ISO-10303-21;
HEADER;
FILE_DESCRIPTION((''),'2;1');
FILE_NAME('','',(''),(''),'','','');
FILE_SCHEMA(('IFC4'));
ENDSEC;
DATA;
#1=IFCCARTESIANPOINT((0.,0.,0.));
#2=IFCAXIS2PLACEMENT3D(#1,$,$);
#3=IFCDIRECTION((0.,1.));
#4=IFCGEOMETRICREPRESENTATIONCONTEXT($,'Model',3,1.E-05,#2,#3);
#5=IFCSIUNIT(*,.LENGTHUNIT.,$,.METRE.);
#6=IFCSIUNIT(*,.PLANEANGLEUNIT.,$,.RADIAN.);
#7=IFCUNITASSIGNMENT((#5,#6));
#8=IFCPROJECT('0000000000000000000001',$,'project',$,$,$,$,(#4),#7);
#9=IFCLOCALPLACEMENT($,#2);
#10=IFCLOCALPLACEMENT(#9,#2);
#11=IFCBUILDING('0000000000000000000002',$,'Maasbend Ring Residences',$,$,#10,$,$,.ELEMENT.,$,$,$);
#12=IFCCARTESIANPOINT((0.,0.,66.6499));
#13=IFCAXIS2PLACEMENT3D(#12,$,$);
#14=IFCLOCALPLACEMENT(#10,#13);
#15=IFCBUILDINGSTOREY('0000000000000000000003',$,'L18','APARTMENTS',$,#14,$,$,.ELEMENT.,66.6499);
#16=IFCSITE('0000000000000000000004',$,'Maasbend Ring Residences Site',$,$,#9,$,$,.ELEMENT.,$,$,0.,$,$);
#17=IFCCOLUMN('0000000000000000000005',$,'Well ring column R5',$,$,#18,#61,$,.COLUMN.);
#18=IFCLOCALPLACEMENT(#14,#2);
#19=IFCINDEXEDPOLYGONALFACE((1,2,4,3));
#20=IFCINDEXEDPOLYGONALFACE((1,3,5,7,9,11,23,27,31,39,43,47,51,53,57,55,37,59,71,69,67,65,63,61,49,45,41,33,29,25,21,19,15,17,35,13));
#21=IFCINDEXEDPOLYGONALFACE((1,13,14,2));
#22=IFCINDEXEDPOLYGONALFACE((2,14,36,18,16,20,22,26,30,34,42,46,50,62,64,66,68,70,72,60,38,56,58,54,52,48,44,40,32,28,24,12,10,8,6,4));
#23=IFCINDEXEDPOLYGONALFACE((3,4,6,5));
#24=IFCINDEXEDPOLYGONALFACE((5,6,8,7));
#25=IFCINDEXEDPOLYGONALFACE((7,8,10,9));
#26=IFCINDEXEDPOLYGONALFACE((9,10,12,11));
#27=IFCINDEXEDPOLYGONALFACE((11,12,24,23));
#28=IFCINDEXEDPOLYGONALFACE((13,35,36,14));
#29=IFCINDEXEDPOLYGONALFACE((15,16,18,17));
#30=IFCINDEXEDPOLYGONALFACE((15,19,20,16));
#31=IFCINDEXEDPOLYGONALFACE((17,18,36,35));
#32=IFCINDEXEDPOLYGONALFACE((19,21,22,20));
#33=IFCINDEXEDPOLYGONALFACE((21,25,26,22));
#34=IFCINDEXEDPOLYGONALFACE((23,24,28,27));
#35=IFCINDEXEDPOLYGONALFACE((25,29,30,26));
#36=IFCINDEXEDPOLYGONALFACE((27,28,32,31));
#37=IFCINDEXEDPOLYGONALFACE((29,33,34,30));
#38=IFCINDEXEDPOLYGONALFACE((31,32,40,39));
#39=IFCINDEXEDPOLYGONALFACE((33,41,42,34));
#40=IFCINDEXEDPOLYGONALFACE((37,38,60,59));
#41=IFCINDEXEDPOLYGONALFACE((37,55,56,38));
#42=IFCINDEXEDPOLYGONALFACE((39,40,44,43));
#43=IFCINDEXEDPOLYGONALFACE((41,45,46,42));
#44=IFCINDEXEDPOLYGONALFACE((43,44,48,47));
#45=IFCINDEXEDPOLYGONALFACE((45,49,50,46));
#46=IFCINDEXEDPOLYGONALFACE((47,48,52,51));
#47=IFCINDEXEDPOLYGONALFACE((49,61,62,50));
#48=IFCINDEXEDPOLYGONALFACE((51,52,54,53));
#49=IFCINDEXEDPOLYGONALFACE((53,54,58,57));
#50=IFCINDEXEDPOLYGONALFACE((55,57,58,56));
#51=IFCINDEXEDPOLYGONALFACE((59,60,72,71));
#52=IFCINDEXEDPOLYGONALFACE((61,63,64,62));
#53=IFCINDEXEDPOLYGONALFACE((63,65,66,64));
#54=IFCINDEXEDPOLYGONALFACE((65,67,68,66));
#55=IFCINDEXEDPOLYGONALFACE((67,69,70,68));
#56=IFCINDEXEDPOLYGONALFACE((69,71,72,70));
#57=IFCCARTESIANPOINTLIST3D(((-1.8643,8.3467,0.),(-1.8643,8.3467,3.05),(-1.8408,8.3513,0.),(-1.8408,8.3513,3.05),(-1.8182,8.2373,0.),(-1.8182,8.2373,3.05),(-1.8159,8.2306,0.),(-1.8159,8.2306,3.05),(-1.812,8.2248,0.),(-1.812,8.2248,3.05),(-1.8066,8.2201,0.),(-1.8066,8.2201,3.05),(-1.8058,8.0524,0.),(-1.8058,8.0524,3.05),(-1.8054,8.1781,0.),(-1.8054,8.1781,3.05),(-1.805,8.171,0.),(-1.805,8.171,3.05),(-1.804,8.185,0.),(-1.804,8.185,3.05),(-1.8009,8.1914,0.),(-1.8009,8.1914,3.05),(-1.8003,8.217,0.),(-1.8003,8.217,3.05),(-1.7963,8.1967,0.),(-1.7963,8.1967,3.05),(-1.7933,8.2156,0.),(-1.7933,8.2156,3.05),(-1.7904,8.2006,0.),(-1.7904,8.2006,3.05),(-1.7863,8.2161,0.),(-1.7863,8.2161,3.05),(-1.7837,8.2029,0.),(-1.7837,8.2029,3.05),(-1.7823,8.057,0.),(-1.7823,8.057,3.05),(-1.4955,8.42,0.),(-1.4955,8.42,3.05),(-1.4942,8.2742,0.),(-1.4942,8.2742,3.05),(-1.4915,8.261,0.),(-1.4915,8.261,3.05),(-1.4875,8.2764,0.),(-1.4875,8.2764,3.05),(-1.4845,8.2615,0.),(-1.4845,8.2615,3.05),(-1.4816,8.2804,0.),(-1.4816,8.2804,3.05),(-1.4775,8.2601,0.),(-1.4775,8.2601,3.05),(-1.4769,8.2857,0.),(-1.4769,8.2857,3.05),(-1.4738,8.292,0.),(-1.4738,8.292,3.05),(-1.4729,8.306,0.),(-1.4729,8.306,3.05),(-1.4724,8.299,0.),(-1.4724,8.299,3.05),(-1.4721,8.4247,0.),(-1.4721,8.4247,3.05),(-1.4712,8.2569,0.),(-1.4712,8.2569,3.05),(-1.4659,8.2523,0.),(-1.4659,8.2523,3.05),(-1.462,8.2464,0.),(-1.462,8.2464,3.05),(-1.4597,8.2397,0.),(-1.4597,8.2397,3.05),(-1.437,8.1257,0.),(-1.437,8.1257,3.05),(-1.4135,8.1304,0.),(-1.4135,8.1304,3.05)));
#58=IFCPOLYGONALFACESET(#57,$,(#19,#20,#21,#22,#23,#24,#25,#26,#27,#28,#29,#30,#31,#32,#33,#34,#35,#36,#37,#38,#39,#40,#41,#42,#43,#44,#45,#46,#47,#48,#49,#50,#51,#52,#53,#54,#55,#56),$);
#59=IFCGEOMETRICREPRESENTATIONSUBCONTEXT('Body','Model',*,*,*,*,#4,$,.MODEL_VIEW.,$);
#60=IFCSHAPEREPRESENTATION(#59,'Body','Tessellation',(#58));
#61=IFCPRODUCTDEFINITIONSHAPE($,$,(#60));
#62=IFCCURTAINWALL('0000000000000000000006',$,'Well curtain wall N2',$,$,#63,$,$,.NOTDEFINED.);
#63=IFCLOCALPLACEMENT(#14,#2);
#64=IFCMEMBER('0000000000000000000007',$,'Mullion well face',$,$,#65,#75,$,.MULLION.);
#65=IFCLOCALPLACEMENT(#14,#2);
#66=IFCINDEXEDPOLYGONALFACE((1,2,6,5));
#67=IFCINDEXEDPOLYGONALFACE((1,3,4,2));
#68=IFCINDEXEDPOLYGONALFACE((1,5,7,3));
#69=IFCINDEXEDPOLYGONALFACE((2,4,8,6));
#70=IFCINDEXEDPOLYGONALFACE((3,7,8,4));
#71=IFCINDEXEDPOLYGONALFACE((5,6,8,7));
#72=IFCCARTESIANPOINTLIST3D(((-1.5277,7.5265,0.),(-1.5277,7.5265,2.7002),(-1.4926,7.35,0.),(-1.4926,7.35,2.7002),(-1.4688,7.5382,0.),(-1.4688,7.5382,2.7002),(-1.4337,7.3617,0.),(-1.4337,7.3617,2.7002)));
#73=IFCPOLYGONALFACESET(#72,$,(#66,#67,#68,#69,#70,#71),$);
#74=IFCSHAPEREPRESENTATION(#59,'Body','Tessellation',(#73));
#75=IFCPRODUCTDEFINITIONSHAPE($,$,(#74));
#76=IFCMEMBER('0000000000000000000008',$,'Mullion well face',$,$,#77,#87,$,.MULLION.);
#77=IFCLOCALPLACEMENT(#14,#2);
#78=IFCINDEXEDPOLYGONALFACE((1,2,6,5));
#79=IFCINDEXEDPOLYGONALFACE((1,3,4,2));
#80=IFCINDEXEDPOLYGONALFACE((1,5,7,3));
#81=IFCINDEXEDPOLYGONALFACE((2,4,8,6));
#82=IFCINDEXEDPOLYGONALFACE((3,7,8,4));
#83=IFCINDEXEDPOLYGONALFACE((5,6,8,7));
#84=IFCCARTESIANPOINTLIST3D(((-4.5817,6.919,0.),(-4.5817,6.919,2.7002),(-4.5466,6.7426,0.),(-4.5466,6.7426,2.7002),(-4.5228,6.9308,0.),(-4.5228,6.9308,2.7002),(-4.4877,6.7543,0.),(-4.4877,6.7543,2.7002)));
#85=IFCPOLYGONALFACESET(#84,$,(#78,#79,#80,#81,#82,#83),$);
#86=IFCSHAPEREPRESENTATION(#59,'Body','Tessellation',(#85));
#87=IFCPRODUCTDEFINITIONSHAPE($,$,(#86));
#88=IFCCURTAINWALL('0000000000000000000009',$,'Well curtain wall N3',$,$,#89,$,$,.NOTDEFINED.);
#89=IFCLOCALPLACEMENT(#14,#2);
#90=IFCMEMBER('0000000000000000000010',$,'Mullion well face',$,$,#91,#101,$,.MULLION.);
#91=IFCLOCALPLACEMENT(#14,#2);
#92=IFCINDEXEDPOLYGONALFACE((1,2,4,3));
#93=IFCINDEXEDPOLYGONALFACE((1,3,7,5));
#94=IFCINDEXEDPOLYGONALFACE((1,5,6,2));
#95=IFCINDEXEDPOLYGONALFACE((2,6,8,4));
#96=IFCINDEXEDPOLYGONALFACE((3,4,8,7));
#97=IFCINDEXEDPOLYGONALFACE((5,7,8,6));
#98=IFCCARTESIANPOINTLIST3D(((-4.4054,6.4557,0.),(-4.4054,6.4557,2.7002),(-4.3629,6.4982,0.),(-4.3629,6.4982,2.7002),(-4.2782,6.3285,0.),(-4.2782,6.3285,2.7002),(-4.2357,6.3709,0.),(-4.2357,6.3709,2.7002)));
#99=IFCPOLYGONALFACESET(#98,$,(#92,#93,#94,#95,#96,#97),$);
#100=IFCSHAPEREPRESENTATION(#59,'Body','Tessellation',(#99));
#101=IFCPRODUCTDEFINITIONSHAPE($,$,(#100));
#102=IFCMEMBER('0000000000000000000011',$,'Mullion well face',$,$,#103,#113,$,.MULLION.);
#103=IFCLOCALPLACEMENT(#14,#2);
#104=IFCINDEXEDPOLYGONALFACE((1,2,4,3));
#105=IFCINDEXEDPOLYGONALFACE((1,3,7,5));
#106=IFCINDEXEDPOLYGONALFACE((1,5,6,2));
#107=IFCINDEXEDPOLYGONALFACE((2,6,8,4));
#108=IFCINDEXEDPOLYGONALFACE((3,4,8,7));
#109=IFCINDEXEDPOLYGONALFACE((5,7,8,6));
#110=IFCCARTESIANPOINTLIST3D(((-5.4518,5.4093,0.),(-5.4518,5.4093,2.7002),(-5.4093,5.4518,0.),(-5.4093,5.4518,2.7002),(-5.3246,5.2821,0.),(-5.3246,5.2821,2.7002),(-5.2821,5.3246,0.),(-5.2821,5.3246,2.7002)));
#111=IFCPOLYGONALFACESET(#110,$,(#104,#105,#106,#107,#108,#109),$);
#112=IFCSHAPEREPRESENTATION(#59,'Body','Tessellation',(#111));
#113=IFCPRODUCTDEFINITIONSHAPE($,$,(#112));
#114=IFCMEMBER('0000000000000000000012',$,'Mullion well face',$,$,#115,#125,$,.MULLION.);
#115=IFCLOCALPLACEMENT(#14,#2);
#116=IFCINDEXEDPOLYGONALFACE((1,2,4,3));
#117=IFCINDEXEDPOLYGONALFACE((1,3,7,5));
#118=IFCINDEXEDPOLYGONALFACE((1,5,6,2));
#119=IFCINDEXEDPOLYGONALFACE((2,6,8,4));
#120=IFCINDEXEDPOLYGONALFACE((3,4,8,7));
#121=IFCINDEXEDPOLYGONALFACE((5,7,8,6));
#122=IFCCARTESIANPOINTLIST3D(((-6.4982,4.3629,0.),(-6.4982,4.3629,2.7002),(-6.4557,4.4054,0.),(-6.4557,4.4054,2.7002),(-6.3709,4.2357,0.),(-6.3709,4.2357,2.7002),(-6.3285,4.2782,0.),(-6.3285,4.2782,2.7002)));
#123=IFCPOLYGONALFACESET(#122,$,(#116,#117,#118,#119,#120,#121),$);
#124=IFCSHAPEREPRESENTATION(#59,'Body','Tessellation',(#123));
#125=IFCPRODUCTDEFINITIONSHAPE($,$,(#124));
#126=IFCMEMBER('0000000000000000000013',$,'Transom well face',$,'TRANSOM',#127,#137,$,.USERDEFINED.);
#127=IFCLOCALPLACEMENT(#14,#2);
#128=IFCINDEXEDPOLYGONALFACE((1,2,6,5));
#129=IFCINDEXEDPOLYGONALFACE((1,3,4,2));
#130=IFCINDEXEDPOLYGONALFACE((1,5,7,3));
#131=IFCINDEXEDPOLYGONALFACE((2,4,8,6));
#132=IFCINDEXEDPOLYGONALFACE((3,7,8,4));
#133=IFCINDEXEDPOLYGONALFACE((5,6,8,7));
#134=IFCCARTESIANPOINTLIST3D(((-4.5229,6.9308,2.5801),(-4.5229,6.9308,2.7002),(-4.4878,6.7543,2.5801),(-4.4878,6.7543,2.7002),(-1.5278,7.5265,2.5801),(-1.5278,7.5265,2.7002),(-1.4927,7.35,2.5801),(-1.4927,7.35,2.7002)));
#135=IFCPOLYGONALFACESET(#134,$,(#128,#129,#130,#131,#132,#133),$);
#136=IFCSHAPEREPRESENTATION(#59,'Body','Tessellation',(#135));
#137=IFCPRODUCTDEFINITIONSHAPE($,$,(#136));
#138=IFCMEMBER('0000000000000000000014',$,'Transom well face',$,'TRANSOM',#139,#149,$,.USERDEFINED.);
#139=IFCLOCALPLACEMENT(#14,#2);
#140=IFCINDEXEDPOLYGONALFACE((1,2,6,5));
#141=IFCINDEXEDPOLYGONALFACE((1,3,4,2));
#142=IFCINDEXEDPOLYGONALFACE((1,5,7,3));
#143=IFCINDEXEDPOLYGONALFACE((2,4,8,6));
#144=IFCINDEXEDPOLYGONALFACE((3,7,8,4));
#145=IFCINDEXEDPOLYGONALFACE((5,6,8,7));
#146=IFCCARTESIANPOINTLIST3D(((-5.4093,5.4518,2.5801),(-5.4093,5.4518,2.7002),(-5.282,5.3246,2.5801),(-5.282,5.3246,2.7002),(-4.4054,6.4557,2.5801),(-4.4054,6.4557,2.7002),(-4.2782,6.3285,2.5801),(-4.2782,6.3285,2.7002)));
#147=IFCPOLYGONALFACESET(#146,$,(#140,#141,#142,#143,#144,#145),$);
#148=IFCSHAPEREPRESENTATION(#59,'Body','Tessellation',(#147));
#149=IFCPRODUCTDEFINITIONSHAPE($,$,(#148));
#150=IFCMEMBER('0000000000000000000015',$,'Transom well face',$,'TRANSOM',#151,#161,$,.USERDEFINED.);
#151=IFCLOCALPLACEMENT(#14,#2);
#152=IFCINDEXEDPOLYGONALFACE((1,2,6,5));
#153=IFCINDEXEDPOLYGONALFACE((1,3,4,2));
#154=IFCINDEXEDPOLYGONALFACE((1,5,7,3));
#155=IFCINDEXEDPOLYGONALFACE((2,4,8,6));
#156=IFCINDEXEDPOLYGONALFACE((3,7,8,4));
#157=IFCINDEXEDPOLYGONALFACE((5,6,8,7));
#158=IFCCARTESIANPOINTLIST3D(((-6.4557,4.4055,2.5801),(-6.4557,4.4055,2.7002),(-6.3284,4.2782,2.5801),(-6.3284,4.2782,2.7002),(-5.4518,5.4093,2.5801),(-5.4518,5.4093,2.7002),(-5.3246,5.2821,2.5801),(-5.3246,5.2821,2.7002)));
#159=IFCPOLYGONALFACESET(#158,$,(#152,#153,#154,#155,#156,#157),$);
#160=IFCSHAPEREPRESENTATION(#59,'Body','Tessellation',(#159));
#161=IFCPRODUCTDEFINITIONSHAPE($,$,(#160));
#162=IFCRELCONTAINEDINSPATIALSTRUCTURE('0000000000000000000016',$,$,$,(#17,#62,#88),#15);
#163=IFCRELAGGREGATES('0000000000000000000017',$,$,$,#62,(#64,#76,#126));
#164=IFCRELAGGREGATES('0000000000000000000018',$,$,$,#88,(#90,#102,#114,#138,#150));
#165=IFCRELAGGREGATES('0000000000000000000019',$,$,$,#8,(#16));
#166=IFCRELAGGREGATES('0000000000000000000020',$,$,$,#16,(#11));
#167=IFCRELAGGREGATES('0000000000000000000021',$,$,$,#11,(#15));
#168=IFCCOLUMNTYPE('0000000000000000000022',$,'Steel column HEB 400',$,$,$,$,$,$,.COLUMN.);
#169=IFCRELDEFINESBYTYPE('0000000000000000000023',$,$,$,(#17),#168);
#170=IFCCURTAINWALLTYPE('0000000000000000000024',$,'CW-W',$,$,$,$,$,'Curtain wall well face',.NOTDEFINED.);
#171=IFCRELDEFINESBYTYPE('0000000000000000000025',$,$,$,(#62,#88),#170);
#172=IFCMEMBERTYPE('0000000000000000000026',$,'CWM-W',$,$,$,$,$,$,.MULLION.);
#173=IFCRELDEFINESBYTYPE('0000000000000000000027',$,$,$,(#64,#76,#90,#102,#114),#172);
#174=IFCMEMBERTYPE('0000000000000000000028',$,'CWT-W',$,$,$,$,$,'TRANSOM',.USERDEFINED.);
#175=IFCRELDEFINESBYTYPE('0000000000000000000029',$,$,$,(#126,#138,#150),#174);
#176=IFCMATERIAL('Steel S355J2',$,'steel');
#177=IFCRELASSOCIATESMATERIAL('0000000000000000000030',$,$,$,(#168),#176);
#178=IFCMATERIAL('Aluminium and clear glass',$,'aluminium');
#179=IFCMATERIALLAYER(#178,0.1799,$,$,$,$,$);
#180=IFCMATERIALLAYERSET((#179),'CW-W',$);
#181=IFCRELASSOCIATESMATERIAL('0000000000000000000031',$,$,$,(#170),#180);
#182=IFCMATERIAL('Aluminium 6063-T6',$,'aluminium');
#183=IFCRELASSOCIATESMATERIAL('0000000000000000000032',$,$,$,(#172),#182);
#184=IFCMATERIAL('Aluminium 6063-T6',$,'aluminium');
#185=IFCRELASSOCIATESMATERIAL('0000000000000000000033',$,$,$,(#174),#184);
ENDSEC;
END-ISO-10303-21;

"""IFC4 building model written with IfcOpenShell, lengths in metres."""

from ifc_helpers import new_model, si_unit, direction, frame, origin, origin_2d, place, context, subcontext, project, spatial, rectangle, i_section, extrude, material, layer, layer_set, material_profile, profile_set, type_object, element, aggregate, save


model = new_model("IFC4")

# Units and contexts
model_context = context("Model", 3, precision=1e-05, world=origin(), true_north=direction((0.0, 1.0)))
body_context = subcontext(model_context, "Body", "Model", "MODEL_VIEW")
ifc_project = project(units=[si_unit("LENGTHUNIT", "METRE"), si_unit("PLANEANGLEUNIT", "RADIAN")], contexts=[model_context])

# Site, building, storey
site_placement = place(None, origin())
site = spatial("IfcSite", under=ifc_project, at=site_placement, Name="Maasbend Ring Residences Site", CompositionType="ELEMENT", RefElevation=0.0)
building_placement = place(site_placement, origin())
building = spatial("IfcBuilding", under=site, at=building_placement, Name="Maasbend Ring Residences", CompositionType="ELEMENT")
storey_placement = place(building_placement, frame((0.0, 0.0, 66.6499)))
storey = spatial("IfcBuildingStorey", under=building, at=storey_placement, Name="L18", Description="APARTMENTS", CompositionType="ELEMENT", Elevation=66.6499)

# Column
ifc_material_1 = material(Name="Steel S355J2", Category="steel")
ifc_material_profile_1 = material_profile(ifc_material_1, i_section(OverallWidth=0.3, OverallDepth=0.3999, WebThickness=0.0134, FlangeThickness=0.0239, FilletRadius=0.0271, at=origin_2d()), Name="HEB 400")
ifc_profile_set_1 = profile_set([ifc_material_profile_1], Name="Steel S355J2")
column_type = type_object("IfcColumnType", Name="Steel column HEB 400", PredefinedType="COLUMN", material=ifc_profile_set_1)
column_placement = place(storey_placement, frame((-1.6389, 8.2385, 0.0), z_axis=(0.0, 0.0, 1.0), x_axis=(-0.19509, 0.980785, 0.0)))
element("IfcColumn", 1, at=column_placement, inside=storey, type_object=column_type, Name="Well ring column R5", PredefinedType="COLUMN", context=body_context, shape_type="SweptSolid", body=[
    extrude(i_section(OverallWidth=0.3, OverallDepth=0.3999, WebThickness=0.0134, FlangeThickness=0.0239, FilletRadius=0.0271, at=origin_2d()), origin(), (0.0, 0.0, 1.0), 3.05),
])

# Curtain walls, members
ifc_material_2 = material(Name="Aluminium and clear glass", Category="aluminium")
ifc_layer_1 = layer(ifc_material_2, 0.1799)
ifc_layer_set_1 = layer_set([ifc_layer_1], Name="CW-W")
curtain_wall_type = type_object("IfcCurtainWallType", Name="CW-W", ElementType="Curtain wall well face", PredefinedType="NOTDEFINED", material=ifc_layer_set_1)
curtain_wall_1_placement = place(storey_placement, origin())
curtain_wall_1 = element("IfcCurtainWall", 2, at=curtain_wall_1_placement, inside=storey, type_object=curtain_wall_type, Name="Well curtain wall N2", PredefinedType="NOTDEFINED")
ifc_material_3 = material(Name="Aluminium 6063-T6", Category="aluminium")
ifc_material_profile_2 = material_profile(ifc_material_3, rectangle(XDim=0.1799, YDim=0.0601, at=origin_2d()), Name="AL 180x60")
ifc_profile_set_2 = profile_set([ifc_material_profile_2], Name="Aluminium 6063-T6")
member_type_1 = type_object("IfcMemberType", Name="CWM-W", PredefinedType="MULLION", material=ifc_profile_set_2)
member_1_placement = place(storey_placement, frame((-1.4807, 7.4441, 0.0), z_axis=(0.0, 0.0, 1.0), x_axis=(0.19509, -0.980785, 0.0)))
member_1 = element("IfcMember", 3, at=member_1_placement, type_object=member_type_1, Name="Mullion well face", PredefinedType="MULLION", context=body_context, shape_type="SweptSolid", body=[
    extrude(rectangle(XDim=0.1799, YDim=0.0601, at=origin_2d()), origin(), (0.0, 0.0, 1.0), 2.7002),
])
member_2_placement = place(storey_placement, frame((-4.5347, 6.8367, 0.0), z_axis=(0.0, 0.0, 1.0), x_axis=(0.19509, -0.980785, 0.0)))
member_2 = element("IfcMember", 4, at=member_2_placement, type_object=member_type_1, Name="Mullion well face", PredefinedType="MULLION", context=body_context, shape_type="SweptSolid", body=[
    extrude(rectangle(XDim=0.1799, YDim=0.0601, at=origin_2d()), origin(), (0.0, 0.0, 1.0), 2.7002),
])
curtain_wall_2_placement = place(storey_placement, origin())
curtain_wall_2 = element("IfcCurtainWall", 5, at=curtain_wall_2_placement, inside=storey, type_object=curtain_wall_type, Name="Well curtain wall N3", PredefinedType="NOTDEFINED")
member_3_placement = place(storey_placement, frame((-4.3206, 6.4133, 0.0), z_axis=(0.0, 0.0, 1.0), x_axis=(0.707107, -0.707107, 0.0)))
member_3 = element("IfcMember", 6, at=member_3_placement, type_object=member_type_1, Name="Mullion well face", PredefinedType="MULLION", context=body_context, shape_type="SweptSolid", body=[
    extrude(rectangle(XDim=0.1799, YDim=0.0601, at=origin_2d()), origin(), (0.0, 0.0, 1.0), 2.7002),
])
member_4_placement = place(storey_placement, frame((-5.3669, 5.3669, 0.0), z_axis=(0.0, 0.0, 1.0), x_axis=(0.707107, -0.707107, 0.0)))
member_4 = element("IfcMember", 7, at=member_4_placement, type_object=member_type_1, Name="Mullion well face", PredefinedType="MULLION", context=body_context, shape_type="SweptSolid", body=[
    extrude(rectangle(XDim=0.1799, YDim=0.0601, at=origin_2d()), origin(), (0.0, 0.0, 1.0), 2.7002),
])
member_5_placement = place(storey_placement, frame((-6.4133, 4.3206, 0.0), z_axis=(0.0, 0.0, 1.0), x_axis=(0.707107, -0.707107, 0.0)))
member_5 = element("IfcMember", 8, at=member_5_placement, type_object=member_type_1, Name="Mullion well face", PredefinedType="MULLION", context=body_context, shape_type="SweptSolid", body=[
    extrude(rectangle(XDim=0.1799, YDim=0.0601, at=origin_2d()), origin(), (0.0, 0.0, 1.0), 2.7002),
])

# Members
ifc_material_4 = material(Name="Aluminium 6063-T6", Category="aluminium")
ifc_material_profile_3 = material_profile(ifc_material_4, rectangle(XDim=0.1799, YDim=0.1201, at=origin_2d()), Name="AL 180x120")
ifc_profile_set_3 = profile_set([ifc_material_profile_3], Name="Aluminium 6063-T6")
member_type_2 = type_object("IfcMemberType", Name="CWT-W", ElementType="TRANSOM", PredefinedType="USERDEFINED", material=ifc_profile_set_3)
member_6_placement = place(storey_placement, frame((-1.5103, 7.4382, 2.6401), z_axis=(-0.980789, -0.195071, 0.0), x_axis=(0.195071, -0.980789, 0.0)))
member_6 = element("IfcMember", 9, at=member_6_placement, type_object=member_type_2, Name="Transom well face", ObjectType="TRANSOM", PredefinedType="USERDEFINED", context=body_context, shape_type="SweptSolid", body=[
    extrude(rectangle(XDim=0.1799, YDim=0.1201, at=origin_2d()), origin(), (0.0, 0.0, 1.0), 3.0537),
])
member_7_placement = place(storey_placement, frame((-4.3418, 6.3921, 2.6401), z_axis=(-0.707107, -0.707107, 0.0), x_axis=(0.707107, -0.707107, 0.0)))
member_7 = element("IfcMember", 10, at=member_7_placement, type_object=member_type_2, Name="Transom well face", ObjectType="TRANSOM", PredefinedType="USERDEFINED", context=body_context, shape_type="SweptSolid", body=[
    extrude(rectangle(XDim=0.1799, YDim=0.1201, at=origin_2d()), origin(), (0.0, 0.0, 1.0), 1.4197),
])
member_8_placement = place(storey_placement, frame((-5.3882, 5.3457, 2.6401), z_axis=(-0.707107, -0.707107, 0.0), x_axis=(0.707107, -0.707107, 0.0)))
member_8 = element("IfcMember", 11, at=member_8_placement, type_object=member_type_2, Name="Transom well face", ObjectType="TRANSOM", PredefinedType="USERDEFINED", context=body_context, shape_type="SweptSolid", body=[
    extrude(rectangle(XDim=0.1799, YDim=0.1201, at=origin_2d()), origin(), (0.0, 0.0, 1.0), 1.4197),
])

aggregate(curtain_wall_1, [member_1, member_2, member_6])
aggregate(curtain_wall_2, [member_3, member_4, member_5, member_7, member_8])

save(model, "model.ifc")
